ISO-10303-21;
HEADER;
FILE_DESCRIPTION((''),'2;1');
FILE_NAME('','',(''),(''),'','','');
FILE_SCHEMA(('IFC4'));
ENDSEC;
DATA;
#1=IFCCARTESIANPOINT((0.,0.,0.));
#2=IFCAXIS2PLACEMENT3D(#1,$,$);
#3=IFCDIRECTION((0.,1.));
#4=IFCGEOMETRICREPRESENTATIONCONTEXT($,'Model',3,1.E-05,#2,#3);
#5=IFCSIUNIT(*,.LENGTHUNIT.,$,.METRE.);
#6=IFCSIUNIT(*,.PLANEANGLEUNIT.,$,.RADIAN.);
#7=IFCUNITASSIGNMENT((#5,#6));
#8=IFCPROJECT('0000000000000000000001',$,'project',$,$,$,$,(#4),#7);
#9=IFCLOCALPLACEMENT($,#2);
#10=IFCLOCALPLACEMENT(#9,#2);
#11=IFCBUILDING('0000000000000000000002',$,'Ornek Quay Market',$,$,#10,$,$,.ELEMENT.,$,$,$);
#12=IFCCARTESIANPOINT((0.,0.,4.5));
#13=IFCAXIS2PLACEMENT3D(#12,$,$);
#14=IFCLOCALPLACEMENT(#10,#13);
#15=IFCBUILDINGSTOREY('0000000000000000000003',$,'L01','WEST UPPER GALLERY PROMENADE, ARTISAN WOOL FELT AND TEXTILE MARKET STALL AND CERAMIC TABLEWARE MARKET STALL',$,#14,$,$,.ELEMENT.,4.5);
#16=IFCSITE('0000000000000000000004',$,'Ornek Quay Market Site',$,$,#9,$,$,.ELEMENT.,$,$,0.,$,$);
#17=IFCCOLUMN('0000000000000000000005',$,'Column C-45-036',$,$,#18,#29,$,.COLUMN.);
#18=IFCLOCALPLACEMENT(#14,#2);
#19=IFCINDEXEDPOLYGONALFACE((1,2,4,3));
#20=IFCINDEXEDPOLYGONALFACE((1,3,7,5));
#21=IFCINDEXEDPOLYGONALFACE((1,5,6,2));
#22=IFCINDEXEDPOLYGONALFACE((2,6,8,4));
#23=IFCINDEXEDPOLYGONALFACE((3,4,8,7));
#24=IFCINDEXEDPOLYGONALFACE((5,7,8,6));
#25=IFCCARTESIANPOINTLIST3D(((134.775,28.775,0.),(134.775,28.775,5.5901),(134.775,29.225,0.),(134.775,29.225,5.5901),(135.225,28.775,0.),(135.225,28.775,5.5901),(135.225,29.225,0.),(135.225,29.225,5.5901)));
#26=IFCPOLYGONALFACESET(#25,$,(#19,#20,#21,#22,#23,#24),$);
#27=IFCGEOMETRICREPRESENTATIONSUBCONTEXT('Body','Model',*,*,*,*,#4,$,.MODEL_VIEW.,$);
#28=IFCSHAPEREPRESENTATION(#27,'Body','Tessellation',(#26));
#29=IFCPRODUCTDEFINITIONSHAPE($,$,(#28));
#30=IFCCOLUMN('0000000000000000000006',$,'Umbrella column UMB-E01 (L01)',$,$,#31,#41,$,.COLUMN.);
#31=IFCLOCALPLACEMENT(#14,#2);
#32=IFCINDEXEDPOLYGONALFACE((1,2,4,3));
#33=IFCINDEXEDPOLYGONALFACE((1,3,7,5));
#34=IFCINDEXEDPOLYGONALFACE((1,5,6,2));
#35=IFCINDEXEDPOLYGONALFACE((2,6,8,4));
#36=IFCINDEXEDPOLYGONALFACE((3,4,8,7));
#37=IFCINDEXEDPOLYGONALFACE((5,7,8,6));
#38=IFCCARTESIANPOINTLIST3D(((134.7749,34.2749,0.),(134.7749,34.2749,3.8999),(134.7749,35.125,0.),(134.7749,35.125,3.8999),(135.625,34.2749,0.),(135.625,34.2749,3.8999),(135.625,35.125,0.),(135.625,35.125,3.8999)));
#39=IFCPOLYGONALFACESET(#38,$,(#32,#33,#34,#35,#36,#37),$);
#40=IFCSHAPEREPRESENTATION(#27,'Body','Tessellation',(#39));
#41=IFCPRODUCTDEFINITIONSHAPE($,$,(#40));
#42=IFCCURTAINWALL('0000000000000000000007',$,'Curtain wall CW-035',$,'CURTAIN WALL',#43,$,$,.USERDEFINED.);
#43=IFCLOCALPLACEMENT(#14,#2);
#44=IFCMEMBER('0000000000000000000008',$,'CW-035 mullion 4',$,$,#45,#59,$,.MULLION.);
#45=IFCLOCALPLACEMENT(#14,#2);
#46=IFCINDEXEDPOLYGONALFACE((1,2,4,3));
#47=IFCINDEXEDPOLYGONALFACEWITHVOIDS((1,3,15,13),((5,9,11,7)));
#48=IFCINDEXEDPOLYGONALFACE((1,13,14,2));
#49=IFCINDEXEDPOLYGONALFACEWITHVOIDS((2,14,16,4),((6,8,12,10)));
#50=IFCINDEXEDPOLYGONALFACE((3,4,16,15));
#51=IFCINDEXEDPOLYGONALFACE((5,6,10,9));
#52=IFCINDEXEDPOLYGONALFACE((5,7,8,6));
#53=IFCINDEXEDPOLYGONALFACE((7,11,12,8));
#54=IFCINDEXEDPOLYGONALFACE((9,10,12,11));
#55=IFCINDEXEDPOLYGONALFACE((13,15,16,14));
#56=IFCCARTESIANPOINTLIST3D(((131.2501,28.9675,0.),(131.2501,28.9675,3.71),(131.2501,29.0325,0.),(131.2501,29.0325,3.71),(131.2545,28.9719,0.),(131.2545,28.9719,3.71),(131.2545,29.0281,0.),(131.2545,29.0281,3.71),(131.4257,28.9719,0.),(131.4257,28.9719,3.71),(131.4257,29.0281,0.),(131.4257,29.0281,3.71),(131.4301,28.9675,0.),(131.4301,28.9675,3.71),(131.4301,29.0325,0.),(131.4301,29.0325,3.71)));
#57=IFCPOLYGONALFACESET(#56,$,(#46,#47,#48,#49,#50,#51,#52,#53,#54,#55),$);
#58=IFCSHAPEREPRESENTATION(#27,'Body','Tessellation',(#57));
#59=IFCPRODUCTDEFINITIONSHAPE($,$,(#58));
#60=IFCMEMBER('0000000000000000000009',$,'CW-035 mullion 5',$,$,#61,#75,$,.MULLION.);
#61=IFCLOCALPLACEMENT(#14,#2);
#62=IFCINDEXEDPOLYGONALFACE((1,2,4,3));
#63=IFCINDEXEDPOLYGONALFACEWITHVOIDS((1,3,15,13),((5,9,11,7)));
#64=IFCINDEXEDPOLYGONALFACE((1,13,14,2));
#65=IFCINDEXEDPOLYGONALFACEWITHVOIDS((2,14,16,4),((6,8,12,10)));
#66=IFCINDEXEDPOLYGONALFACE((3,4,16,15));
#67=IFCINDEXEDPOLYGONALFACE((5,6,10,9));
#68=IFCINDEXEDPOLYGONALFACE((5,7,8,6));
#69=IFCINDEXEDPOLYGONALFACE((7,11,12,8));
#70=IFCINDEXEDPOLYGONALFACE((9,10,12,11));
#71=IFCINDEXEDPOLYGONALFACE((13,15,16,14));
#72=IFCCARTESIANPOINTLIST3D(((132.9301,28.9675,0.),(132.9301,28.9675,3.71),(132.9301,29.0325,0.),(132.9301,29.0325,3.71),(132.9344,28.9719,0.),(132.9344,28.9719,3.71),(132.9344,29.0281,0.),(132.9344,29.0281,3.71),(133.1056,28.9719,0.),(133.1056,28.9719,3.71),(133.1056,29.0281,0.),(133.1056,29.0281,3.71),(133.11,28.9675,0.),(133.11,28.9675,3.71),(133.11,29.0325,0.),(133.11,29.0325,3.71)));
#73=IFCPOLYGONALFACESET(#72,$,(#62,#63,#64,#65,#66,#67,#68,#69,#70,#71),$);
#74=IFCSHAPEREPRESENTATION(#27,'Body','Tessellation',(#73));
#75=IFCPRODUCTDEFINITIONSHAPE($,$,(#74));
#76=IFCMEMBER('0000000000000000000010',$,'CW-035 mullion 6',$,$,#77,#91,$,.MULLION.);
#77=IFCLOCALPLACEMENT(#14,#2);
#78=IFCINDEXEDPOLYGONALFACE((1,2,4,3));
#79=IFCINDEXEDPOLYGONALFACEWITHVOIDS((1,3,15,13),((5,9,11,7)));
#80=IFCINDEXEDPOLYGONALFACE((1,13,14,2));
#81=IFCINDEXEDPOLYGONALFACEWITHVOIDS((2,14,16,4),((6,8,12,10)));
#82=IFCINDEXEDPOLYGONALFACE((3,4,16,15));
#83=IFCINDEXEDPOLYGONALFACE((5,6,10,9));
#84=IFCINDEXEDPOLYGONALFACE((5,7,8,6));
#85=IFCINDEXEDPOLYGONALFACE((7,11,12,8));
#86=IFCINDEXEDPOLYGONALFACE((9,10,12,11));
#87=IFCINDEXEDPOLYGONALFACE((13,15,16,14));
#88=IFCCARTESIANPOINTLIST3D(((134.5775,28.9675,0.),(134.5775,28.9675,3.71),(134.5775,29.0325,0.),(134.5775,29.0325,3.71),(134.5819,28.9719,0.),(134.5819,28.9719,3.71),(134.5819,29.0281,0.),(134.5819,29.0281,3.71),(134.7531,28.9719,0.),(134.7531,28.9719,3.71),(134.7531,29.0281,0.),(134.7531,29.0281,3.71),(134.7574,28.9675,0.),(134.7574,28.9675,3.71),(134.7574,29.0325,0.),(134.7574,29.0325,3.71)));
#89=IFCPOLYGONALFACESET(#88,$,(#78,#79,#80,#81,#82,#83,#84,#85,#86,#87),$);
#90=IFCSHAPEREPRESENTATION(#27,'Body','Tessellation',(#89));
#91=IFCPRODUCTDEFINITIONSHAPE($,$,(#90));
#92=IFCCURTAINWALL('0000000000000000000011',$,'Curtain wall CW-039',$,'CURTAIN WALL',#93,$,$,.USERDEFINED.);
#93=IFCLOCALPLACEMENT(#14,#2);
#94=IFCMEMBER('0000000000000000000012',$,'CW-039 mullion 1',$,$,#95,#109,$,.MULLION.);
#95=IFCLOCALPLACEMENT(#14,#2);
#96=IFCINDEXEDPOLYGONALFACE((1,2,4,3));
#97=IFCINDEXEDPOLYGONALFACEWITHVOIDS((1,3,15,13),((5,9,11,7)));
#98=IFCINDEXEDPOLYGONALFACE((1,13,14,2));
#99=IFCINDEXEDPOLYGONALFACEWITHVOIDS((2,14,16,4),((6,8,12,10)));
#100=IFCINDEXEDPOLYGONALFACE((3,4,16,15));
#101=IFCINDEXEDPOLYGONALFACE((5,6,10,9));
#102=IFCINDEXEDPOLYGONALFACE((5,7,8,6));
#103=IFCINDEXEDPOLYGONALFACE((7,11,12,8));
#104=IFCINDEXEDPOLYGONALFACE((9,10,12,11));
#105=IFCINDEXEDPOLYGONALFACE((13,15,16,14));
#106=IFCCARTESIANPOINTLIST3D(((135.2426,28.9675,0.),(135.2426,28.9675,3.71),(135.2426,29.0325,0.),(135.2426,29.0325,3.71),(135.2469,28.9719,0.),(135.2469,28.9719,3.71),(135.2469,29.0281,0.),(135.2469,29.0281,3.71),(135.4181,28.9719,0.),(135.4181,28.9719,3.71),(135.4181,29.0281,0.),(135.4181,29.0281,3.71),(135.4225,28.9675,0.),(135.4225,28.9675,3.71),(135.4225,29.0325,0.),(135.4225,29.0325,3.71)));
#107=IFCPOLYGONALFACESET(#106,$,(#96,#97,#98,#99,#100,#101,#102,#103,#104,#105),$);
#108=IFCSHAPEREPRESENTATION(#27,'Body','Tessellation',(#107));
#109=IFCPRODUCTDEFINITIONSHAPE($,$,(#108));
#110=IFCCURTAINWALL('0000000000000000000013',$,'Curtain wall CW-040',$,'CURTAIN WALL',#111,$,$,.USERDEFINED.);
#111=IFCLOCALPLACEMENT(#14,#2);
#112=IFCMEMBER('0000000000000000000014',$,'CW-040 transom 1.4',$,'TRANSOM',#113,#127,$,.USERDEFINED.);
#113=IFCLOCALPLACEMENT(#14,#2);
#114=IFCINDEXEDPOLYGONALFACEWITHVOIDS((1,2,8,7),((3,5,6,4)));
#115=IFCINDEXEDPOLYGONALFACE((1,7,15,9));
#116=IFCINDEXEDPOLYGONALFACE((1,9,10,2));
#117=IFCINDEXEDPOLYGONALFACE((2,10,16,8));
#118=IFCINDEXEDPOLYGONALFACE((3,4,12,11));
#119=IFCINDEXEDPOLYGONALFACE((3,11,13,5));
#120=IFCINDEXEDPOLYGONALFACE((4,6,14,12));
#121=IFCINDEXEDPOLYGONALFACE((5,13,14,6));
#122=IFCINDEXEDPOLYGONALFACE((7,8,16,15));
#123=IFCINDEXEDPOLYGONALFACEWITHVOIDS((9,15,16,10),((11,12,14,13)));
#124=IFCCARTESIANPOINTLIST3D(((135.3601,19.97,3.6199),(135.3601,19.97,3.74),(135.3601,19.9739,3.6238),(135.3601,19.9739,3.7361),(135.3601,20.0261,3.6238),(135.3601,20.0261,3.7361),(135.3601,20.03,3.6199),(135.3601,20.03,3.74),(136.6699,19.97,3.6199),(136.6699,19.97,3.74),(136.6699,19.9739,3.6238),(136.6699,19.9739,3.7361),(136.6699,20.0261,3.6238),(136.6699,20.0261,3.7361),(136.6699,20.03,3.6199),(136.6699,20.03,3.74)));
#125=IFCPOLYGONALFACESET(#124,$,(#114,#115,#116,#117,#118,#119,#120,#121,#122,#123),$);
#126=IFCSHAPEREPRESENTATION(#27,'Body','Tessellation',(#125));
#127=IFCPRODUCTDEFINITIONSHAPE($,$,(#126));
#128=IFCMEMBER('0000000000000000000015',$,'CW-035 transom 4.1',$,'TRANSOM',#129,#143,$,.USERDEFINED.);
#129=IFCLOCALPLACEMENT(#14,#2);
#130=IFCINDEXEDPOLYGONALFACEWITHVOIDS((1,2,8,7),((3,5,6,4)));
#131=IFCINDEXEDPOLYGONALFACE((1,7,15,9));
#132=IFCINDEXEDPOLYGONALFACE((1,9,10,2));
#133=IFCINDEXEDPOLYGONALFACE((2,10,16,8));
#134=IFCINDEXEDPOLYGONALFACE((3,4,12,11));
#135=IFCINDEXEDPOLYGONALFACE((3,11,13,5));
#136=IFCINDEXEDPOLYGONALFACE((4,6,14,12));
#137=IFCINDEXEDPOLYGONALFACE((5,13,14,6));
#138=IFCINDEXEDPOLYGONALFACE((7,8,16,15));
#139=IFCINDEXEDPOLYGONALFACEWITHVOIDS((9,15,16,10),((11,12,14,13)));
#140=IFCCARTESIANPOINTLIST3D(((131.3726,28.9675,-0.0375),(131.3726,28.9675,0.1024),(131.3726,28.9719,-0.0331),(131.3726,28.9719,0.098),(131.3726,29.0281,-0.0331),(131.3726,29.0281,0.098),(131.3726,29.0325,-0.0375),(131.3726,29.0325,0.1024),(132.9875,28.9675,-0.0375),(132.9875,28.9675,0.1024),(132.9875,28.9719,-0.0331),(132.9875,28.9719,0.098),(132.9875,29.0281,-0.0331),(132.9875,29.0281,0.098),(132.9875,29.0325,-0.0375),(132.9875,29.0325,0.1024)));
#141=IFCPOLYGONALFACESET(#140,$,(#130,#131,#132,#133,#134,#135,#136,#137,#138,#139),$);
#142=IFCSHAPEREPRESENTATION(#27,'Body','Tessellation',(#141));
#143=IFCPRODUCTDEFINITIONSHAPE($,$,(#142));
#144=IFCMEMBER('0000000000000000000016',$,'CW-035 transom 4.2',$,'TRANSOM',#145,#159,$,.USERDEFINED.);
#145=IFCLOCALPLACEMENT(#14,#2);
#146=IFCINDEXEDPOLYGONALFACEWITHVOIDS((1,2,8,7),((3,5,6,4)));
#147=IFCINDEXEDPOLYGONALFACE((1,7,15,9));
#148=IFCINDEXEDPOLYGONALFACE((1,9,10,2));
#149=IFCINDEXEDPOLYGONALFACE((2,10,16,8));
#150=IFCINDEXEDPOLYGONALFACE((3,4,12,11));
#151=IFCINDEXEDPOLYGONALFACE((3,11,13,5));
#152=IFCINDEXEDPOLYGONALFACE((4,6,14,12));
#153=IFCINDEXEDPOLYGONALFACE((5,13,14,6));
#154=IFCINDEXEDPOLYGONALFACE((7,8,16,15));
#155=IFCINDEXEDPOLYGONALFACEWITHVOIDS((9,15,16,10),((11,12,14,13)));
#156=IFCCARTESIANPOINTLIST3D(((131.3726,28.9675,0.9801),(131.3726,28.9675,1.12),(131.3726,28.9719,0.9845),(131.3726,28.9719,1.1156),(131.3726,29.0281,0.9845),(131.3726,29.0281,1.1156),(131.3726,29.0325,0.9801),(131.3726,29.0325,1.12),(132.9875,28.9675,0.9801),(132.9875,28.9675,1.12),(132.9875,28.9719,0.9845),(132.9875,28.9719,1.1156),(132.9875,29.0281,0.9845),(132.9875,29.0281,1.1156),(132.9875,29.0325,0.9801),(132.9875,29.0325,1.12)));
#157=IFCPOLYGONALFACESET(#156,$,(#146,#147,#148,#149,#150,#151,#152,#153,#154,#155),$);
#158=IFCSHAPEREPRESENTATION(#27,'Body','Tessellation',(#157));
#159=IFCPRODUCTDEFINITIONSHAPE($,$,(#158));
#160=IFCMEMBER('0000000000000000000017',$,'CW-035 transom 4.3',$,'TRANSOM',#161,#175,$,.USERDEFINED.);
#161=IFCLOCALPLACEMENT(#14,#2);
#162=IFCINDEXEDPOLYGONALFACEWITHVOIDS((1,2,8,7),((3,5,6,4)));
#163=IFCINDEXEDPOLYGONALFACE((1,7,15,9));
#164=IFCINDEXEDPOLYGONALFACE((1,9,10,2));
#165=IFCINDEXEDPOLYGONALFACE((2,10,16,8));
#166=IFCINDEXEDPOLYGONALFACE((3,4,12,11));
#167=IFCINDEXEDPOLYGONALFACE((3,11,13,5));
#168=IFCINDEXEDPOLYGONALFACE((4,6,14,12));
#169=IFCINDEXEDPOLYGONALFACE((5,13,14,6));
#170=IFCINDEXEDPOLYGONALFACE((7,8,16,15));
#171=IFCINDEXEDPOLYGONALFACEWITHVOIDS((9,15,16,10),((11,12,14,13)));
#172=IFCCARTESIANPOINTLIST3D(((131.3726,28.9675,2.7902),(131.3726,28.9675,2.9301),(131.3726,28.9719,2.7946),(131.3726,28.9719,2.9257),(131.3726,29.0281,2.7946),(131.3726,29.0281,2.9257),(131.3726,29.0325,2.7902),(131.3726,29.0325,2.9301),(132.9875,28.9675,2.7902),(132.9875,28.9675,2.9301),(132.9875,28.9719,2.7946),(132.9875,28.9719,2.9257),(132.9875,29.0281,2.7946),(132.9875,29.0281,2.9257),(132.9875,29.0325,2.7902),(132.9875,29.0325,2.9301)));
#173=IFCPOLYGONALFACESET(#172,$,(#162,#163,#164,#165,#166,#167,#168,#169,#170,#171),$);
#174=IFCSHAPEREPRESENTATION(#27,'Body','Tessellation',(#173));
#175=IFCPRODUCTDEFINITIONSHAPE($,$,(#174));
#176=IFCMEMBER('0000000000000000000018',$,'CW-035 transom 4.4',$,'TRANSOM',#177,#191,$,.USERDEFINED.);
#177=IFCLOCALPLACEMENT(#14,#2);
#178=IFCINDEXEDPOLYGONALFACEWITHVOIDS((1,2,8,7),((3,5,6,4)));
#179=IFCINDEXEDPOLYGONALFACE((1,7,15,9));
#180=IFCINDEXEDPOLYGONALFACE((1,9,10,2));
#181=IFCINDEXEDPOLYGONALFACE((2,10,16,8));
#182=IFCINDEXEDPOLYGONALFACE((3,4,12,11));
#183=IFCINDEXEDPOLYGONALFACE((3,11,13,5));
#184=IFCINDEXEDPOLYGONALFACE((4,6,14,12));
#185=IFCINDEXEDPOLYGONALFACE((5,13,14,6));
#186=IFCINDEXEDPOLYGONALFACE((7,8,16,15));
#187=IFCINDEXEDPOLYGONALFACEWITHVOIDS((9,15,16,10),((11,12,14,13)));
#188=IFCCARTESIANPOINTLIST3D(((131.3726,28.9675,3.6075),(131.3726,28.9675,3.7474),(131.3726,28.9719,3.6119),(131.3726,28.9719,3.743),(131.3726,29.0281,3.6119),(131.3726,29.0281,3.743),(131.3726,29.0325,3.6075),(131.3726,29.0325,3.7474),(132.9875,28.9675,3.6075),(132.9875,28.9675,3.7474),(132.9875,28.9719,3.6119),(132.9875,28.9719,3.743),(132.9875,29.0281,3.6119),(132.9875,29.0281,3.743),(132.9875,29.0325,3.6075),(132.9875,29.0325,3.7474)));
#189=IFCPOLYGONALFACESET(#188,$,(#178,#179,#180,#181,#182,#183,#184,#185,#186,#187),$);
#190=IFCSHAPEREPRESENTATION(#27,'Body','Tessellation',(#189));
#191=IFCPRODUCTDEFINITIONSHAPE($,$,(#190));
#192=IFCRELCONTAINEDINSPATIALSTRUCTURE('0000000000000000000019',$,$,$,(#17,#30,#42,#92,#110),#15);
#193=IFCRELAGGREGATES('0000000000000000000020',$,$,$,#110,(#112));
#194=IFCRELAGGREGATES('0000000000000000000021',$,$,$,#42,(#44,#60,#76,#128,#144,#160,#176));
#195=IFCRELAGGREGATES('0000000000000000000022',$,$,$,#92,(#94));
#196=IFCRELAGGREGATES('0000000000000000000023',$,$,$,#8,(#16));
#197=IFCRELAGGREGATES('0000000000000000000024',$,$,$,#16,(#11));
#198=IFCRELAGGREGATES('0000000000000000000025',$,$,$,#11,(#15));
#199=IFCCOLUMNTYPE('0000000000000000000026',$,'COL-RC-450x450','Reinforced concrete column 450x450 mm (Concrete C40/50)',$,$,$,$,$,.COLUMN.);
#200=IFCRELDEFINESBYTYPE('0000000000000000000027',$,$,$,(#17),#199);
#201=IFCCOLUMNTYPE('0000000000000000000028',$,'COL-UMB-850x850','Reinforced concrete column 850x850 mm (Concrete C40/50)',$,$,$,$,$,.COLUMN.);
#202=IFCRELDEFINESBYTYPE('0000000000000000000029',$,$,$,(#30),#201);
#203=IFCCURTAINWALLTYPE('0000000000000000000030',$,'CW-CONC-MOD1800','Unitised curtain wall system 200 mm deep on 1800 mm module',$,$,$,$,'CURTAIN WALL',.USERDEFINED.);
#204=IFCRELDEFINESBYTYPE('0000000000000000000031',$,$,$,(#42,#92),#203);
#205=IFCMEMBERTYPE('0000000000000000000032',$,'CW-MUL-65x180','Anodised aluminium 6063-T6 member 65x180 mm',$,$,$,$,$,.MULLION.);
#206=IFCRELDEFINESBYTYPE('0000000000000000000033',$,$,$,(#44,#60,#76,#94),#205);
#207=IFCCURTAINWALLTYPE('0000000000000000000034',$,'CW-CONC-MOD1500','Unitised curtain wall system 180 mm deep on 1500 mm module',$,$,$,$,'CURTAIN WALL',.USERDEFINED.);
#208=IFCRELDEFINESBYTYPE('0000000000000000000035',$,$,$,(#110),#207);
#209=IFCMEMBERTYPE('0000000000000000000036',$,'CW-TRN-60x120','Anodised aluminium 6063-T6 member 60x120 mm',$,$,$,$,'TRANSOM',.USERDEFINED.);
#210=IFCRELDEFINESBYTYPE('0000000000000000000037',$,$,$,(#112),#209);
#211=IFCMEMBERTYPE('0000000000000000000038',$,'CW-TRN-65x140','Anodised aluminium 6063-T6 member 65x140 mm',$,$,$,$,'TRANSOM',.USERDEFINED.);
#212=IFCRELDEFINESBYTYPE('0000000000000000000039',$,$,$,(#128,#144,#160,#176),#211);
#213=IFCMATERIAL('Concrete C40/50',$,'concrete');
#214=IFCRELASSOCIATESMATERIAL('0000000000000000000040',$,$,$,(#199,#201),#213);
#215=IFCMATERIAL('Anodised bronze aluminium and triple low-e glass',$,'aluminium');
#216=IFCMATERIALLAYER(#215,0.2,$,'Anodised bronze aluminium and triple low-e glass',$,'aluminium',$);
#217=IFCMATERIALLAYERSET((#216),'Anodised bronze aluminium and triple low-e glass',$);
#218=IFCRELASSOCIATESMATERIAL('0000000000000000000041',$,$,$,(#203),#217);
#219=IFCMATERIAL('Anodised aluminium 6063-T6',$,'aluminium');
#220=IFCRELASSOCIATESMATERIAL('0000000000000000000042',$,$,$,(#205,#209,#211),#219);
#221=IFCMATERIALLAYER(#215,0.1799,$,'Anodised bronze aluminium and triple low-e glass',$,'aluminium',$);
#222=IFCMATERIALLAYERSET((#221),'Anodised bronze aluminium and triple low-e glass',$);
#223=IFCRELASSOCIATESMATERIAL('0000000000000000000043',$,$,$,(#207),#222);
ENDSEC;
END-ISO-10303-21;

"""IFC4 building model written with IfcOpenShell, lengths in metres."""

from ifc_helpers import new_model, si_unit, direction, frame, origin, origin_2d, place, context, subcontext, project, spatial, rectangle, hollow_rectangle, extrude, material, layer, layer_set, material_profile, profile_set, type_object, element, aggregate, save


model = new_model("IFC4")

# Units and contexts
model_context = context("Model", 3, precision=1e-05, world=origin(), true_north=direction((0.0, 1.0)))
body_context = subcontext(model_context, "Body", "Model", "MODEL_VIEW")
ifc_project = project(units=[si_unit("LENGTHUNIT", "METRE"), si_unit("PLANEANGLEUNIT", "RADIAN")], contexts=[model_context])

# Site, building, storey
site_placement = place(None, origin())
site = spatial("IfcSite", under=ifc_project, at=site_placement, Name="Ornek Quay Market Site", CompositionType="ELEMENT", RefElevation=0.0)
building_placement = place(site_placement, origin())
building = spatial("IfcBuilding", under=site, at=building_placement, Name="Ornek Quay Market", CompositionType="ELEMENT")
storey_placement = place(building_placement, frame((0.0, 0.0, 4.5)))
storey = spatial("IfcBuildingStorey", under=building, at=storey_placement, Name="L01", Description="WEST UPPER GALLERY PROMENADE, ARTISAN WOOL FELT AND TEXTILE MARKET STALL AND CERAMIC TABLEWARE MARKET STALL", CompositionType="ELEMENT", Elevation=4.5)

# Columns
ifc_material_1 = material(Name="Concrete C40/50", Category="concrete")
ifc_material_profile_1 = material_profile(ifc_material_1, rectangle(XDim=0.45, YDim=0.45, at=origin_2d()), Name="RC 450x450", Category="concrete")
ifc_profile_set_1 = profile_set([ifc_material_profile_1], Name="Concrete C40/50")
column_type_1 = type_object("IfcColumnType", Name="COL-RC-450x450", Description="Reinforced concrete column 450x450 mm (Concrete C40/50)", PredefinedType="COLUMN", material=ifc_profile_set_1)
column_1_placement = place(storey_placement, frame((135.0, 29.0, 0.0), z_axis=(0.0, 0.0, 1.0), x_axis=(1.0, 0.0, 0.0)))
element("IfcColumn", 1, at=column_1_placement, inside=storey, type_object=column_type_1, Name="Column C-45-036", PredefinedType="COLUMN", context=body_context, shape_type="SweptSolid", body=[
    extrude(rectangle(XDim=0.45, YDim=0.45, at=origin_2d()), origin(), (0.0, 0.0, 1.0), 5.5901),
])
ifc_material_profile_2 = material_profile(ifc_material_1, rectangle(XDim=0.8501, YDim=0.8501, at=origin_2d()), Name="RC 850x850", Category="concrete")
ifc_profile_set_2 = profile_set([ifc_material_profile_2], Name="Concrete C40/50")
column_type_2 = type_object("IfcColumnType", Name="COL-UMB-850x850", Description="Reinforced concrete column 850x850 mm (Concrete C40/50)", PredefinedType="COLUMN", material=ifc_profile_set_2)
column_2_placement = place(storey_placement, frame((135.2, 34.7, 0.0), z_axis=(0.0, 0.0, 1.0), x_axis=(1.0, 0.0, 0.0)))
element("IfcColumn", 2, at=column_2_placement, inside=storey, type_object=column_type_2, Name="Umbrella column UMB-E01 (L01)", PredefinedType="COLUMN", context=body_context, shape_type="SweptSolid", body=[
    extrude(rectangle(XDim=0.8501, YDim=0.8501, at=origin_2d()), origin(), (0.0, 0.0, 1.0), 3.8999),
])

# Curtain wall, members
ifc_material_2 = material(Name="Anodised bronze aluminium and triple low-e glass", Category="aluminium")
ifc_layer_1 = layer(ifc_material_2, 0.2, Name="Anodised bronze aluminium and triple low-e glass", Category="aluminium")
ifc_layer_set_1 = layer_set([ifc_layer_1], Name="Anodised bronze aluminium and triple low-e glass")
curtain_wall_type_1 = type_object("IfcCurtainWallType", Name="CW-CONC-MOD1800", Description="Unitised curtain wall system 200 mm deep on 1800 mm module", ElementType="CURTAIN WALL", PredefinedType="USERDEFINED", material=ifc_layer_set_1)
curtain_wall_1_placement = place(storey_placement, origin())
curtain_wall_1 = element("IfcCurtainWall", 3, at=curtain_wall_1_placement, inside=storey, type_object=curtain_wall_type_1, Name="Curtain wall CW-035", ObjectType="CURTAIN WALL", PredefinedType="USERDEFINED")
ifc_material_3 = material(Name="Anodised aluminium 6063-T6", Category="aluminium")
ifc_material_profile_3 = material_profile(ifc_material_3, hollow_rectangle(XDim=0.0649, YDim=0.1799, WallThickness=0.0044, at=origin_2d()), Name="CW-MUL-65x180", Category="aluminium")
ifc_profile_set_3 = profile_set([ifc_material_profile_3], Name="Anodised aluminium 6063-T6")
member_type_1 = type_object("IfcMemberType", Name="CW-MUL-65x180", Description="Anodised aluminium 6063-T6 member 65x180 mm", PredefinedType="MULLION", material=ifc_profile_set_3)
member_1_placement = place(storey_placement, frame((131.3401, 29.0, 0.0), z_axis=(0.0, 0.0, 1.0), x_axis=(0.0, 1.0, 0.0)))
member_1 = element("IfcMember", 4, at=member_1_placement, type_object=member_type_1, Name="CW-035 mullion 4", PredefinedType="MULLION", context=body_context, shape_type="SweptSolid", body=[
    extrude(hollow_rectangle(XDim=0.0649, YDim=0.1799, WallThickness=0.0044, at=origin_2d()), origin(), (0.0, 0.0, 1.0), 3.71),
])
member_2_placement = place(storey_placement, frame((133.02, 29.0, 0.0), z_axis=(0.0, 0.0, 1.0), x_axis=(0.0, 1.0, 0.0)))
member_2 = element("IfcMember", 5, at=member_2_placement, type_object=member_type_1, Name="CW-035 mullion 5", PredefinedType="MULLION", context=body_context, shape_type="SweptSolid", body=[
    extrude(hollow_rectangle(XDim=0.0649, YDim=0.1799, WallThickness=0.0044, at=origin_2d()), origin(), (0.0, 0.0, 1.0), 3.71),
])
member_3_placement = place(storey_placement, frame((134.6675, 29.0, 0.0), z_axis=(0.0, 0.0, 1.0), x_axis=(0.0, 1.0, 0.0)))
member_3 = element("IfcMember", 6, at=member_3_placement, type_object=member_type_1, Name="CW-035 mullion 6", PredefinedType="MULLION", context=body_context, shape_type="SweptSolid", body=[
    extrude(hollow_rectangle(XDim=0.0649, YDim=0.1799, WallThickness=0.0044, at=origin_2d()), origin(), (0.0, 0.0, 1.0), 3.71),
])

# Curtain walls, members
curtain_wall_2_placement = place(storey_placement, origin())
curtain_wall_2 = element("IfcCurtainWall", 7, at=curtain_wall_2_placement, inside=storey, type_object=curtain_wall_type_1, Name="Curtain wall CW-039", ObjectType="CURTAIN WALL", PredefinedType="USERDEFINED")
member_4_placement = place(storey_placement, frame((135.3325, 29.0, 0.0), z_axis=(0.0, 0.0, 1.0), x_axis=(0.0, 1.0, 0.0)))
member_4 = element("IfcMember", 8, at=member_4_placement, type_object=member_type_1, Name="CW-039 mullion 1", PredefinedType="MULLION", context=body_context, shape_type="SweptSolid", body=[
    extrude(hollow_rectangle(XDim=0.0649, YDim=0.1799, WallThickness=0.0044, at=origin_2d()), origin(), (0.0, 0.0, 1.0), 3.71),
])
ifc_layer_2 = layer(ifc_material_2, 0.1799, Name="Anodised bronze aluminium and triple low-e glass", Category="aluminium")
ifc_layer_set_2 = layer_set([ifc_layer_2], Name="Anodised bronze aluminium and triple low-e glass")
curtain_wall_type_2 = type_object("IfcCurtainWallType", Name="CW-CONC-MOD1500", Description="Unitised curtain wall system 180 mm deep on 1500 mm module", ElementType="CURTAIN WALL", PredefinedType="USERDEFINED", material=ifc_layer_set_2)
curtain_wall_3_placement = place(storey_placement, origin())
curtain_wall_3 = element("IfcCurtainWall", 9, at=curtain_wall_3_placement, inside=storey, type_object=curtain_wall_type_2, Name="Curtain wall CW-040", ObjectType="CURTAIN WALL", PredefinedType="USERDEFINED")
ifc_material_profile_4 = material_profile(ifc_material_3, hollow_rectangle(XDim=0.0601, YDim=0.1201, WallThickness=0.0039, at=origin_2d()), Name="CW-TRN-60x120", Category="aluminium")
ifc_profile_set_4 = profile_set([ifc_material_profile_4], Name="Anodised aluminium 6063-T6")
member_type_2 = type_object("IfcMemberType", Name="CW-TRN-60x120", Description="Anodised aluminium 6063-T6 member 60x120 mm", ElementType="TRANSOM", PredefinedType="USERDEFINED", material=ifc_profile_set_4)
member_5_placement = place(storey_placement, frame((135.3601, 20.0, 3.6799), z_axis=(1.0, 0.0, 0.0), x_axis=(0.0, 1.0, 0.0)))
member_5 = element("IfcMember", 10, at=member_5_placement, type_object=member_type_2, Name="CW-040 transom 1.4", ObjectType="TRANSOM", PredefinedType="USERDEFINED", context=body_context, shape_type="SweptSolid", body=[
    extrude(hollow_rectangle(XDim=0.0601, YDim=0.1201, WallThickness=0.0039, at=origin_2d()), origin(), (0.0, 0.0, 1.0), 1.3098),
])

# Members
ifc_material_profile_5 = material_profile(ifc_material_3, hollow_rectangle(XDim=0.0649, YDim=0.1399, WallThickness=0.0044, at=origin_2d()), Name="CW-TRN-65x140", Category="aluminium")
ifc_profile_set_5 = profile_set([ifc_material_profile_5], Name="Anodised aluminium 6063-T6")
member_type_3 = type_object("IfcMemberType", Name="CW-TRN-65x140", Description="Anodised aluminium 6063-T6 member 65x140 mm", ElementType="TRANSOM", PredefinedType="USERDEFINED", material=ifc_profile_set_5)
member_6_placement = place(storey_placement, frame((131.3726, 29.0, 0.0325), z_axis=(1.0, 0.0, 0.0), x_axis=(0.0, 1.0, 0.0)))
member_6 = element("IfcMember", 11, at=member_6_placement, type_object=member_type_3, Name="CW-035 transom 4.1", ObjectType="TRANSOM", PredefinedType="USERDEFINED", context=body_context, shape_type="SweptSolid", body=[
    extrude(hollow_rectangle(XDim=0.0649, YDim=0.1399, WallThickness=0.0044, at=origin_2d()), origin(), (0.0, 0.0, 1.0), 1.615),
])
member_7_placement = place(storey_placement, frame((131.3726, 29.0, 1.05), z_axis=(1.0, 0.0, 0.0), x_axis=(0.0, 1.0, 0.0)))
member_7 = element("IfcMember", 12, at=member_7_placement, type_object=member_type_3, Name="CW-035 transom 4.2", ObjectType="TRANSOM", PredefinedType="USERDEFINED", context=body_context, shape_type="SweptSolid", body=[
    extrude(hollow_rectangle(XDim=0.0649, YDim=0.1399, WallThickness=0.0044, at=origin_2d()), origin(), (0.0, 0.0, 1.0), 1.615),
])
member_8_placement = place(storey_placement, frame((131.3726, 29.0, 2.8601), z_axis=(1.0, 0.0, 0.0), x_axis=(0.0, 1.0, 0.0)))
member_8 = element("IfcMember", 13, at=member_8_placement, type_object=member_type_3, Name="CW-035 transom 4.3", ObjectType="TRANSOM", PredefinedType="USERDEFINED", context=body_context, shape_type="SweptSolid", body=[
    extrude(hollow_rectangle(XDim=0.0649, YDim=0.1399, WallThickness=0.0044, at=origin_2d()), origin(), (0.0, 0.0, 1.0), 1.615),
])
member_9_placement = place(storey_placement, frame((131.3726, 29.0, 3.6775), z_axis=(1.0, 0.0, 0.0), x_axis=(0.0, 1.0, 0.0)))
member_9 = element("IfcMember", 14, at=member_9_placement, type_object=member_type_3, Name="CW-035 transom 4.4", ObjectType="TRANSOM", PredefinedType="USERDEFINED", context=body_context, shape_type="SweptSolid", body=[
    extrude(hollow_rectangle(XDim=0.0649, YDim=0.1399, WallThickness=0.0044, at=origin_2d()), origin(), (0.0, 0.0, 1.0), 1.615),
])

aggregate(curtain_wall_3, [member_5])
aggregate(curtain_wall_1, [member_1, member_2, member_3, member_6, member_7, member_8, member_9])
aggregate(curtain_wall_2, [member_4])

save(model, "model.ifc")
